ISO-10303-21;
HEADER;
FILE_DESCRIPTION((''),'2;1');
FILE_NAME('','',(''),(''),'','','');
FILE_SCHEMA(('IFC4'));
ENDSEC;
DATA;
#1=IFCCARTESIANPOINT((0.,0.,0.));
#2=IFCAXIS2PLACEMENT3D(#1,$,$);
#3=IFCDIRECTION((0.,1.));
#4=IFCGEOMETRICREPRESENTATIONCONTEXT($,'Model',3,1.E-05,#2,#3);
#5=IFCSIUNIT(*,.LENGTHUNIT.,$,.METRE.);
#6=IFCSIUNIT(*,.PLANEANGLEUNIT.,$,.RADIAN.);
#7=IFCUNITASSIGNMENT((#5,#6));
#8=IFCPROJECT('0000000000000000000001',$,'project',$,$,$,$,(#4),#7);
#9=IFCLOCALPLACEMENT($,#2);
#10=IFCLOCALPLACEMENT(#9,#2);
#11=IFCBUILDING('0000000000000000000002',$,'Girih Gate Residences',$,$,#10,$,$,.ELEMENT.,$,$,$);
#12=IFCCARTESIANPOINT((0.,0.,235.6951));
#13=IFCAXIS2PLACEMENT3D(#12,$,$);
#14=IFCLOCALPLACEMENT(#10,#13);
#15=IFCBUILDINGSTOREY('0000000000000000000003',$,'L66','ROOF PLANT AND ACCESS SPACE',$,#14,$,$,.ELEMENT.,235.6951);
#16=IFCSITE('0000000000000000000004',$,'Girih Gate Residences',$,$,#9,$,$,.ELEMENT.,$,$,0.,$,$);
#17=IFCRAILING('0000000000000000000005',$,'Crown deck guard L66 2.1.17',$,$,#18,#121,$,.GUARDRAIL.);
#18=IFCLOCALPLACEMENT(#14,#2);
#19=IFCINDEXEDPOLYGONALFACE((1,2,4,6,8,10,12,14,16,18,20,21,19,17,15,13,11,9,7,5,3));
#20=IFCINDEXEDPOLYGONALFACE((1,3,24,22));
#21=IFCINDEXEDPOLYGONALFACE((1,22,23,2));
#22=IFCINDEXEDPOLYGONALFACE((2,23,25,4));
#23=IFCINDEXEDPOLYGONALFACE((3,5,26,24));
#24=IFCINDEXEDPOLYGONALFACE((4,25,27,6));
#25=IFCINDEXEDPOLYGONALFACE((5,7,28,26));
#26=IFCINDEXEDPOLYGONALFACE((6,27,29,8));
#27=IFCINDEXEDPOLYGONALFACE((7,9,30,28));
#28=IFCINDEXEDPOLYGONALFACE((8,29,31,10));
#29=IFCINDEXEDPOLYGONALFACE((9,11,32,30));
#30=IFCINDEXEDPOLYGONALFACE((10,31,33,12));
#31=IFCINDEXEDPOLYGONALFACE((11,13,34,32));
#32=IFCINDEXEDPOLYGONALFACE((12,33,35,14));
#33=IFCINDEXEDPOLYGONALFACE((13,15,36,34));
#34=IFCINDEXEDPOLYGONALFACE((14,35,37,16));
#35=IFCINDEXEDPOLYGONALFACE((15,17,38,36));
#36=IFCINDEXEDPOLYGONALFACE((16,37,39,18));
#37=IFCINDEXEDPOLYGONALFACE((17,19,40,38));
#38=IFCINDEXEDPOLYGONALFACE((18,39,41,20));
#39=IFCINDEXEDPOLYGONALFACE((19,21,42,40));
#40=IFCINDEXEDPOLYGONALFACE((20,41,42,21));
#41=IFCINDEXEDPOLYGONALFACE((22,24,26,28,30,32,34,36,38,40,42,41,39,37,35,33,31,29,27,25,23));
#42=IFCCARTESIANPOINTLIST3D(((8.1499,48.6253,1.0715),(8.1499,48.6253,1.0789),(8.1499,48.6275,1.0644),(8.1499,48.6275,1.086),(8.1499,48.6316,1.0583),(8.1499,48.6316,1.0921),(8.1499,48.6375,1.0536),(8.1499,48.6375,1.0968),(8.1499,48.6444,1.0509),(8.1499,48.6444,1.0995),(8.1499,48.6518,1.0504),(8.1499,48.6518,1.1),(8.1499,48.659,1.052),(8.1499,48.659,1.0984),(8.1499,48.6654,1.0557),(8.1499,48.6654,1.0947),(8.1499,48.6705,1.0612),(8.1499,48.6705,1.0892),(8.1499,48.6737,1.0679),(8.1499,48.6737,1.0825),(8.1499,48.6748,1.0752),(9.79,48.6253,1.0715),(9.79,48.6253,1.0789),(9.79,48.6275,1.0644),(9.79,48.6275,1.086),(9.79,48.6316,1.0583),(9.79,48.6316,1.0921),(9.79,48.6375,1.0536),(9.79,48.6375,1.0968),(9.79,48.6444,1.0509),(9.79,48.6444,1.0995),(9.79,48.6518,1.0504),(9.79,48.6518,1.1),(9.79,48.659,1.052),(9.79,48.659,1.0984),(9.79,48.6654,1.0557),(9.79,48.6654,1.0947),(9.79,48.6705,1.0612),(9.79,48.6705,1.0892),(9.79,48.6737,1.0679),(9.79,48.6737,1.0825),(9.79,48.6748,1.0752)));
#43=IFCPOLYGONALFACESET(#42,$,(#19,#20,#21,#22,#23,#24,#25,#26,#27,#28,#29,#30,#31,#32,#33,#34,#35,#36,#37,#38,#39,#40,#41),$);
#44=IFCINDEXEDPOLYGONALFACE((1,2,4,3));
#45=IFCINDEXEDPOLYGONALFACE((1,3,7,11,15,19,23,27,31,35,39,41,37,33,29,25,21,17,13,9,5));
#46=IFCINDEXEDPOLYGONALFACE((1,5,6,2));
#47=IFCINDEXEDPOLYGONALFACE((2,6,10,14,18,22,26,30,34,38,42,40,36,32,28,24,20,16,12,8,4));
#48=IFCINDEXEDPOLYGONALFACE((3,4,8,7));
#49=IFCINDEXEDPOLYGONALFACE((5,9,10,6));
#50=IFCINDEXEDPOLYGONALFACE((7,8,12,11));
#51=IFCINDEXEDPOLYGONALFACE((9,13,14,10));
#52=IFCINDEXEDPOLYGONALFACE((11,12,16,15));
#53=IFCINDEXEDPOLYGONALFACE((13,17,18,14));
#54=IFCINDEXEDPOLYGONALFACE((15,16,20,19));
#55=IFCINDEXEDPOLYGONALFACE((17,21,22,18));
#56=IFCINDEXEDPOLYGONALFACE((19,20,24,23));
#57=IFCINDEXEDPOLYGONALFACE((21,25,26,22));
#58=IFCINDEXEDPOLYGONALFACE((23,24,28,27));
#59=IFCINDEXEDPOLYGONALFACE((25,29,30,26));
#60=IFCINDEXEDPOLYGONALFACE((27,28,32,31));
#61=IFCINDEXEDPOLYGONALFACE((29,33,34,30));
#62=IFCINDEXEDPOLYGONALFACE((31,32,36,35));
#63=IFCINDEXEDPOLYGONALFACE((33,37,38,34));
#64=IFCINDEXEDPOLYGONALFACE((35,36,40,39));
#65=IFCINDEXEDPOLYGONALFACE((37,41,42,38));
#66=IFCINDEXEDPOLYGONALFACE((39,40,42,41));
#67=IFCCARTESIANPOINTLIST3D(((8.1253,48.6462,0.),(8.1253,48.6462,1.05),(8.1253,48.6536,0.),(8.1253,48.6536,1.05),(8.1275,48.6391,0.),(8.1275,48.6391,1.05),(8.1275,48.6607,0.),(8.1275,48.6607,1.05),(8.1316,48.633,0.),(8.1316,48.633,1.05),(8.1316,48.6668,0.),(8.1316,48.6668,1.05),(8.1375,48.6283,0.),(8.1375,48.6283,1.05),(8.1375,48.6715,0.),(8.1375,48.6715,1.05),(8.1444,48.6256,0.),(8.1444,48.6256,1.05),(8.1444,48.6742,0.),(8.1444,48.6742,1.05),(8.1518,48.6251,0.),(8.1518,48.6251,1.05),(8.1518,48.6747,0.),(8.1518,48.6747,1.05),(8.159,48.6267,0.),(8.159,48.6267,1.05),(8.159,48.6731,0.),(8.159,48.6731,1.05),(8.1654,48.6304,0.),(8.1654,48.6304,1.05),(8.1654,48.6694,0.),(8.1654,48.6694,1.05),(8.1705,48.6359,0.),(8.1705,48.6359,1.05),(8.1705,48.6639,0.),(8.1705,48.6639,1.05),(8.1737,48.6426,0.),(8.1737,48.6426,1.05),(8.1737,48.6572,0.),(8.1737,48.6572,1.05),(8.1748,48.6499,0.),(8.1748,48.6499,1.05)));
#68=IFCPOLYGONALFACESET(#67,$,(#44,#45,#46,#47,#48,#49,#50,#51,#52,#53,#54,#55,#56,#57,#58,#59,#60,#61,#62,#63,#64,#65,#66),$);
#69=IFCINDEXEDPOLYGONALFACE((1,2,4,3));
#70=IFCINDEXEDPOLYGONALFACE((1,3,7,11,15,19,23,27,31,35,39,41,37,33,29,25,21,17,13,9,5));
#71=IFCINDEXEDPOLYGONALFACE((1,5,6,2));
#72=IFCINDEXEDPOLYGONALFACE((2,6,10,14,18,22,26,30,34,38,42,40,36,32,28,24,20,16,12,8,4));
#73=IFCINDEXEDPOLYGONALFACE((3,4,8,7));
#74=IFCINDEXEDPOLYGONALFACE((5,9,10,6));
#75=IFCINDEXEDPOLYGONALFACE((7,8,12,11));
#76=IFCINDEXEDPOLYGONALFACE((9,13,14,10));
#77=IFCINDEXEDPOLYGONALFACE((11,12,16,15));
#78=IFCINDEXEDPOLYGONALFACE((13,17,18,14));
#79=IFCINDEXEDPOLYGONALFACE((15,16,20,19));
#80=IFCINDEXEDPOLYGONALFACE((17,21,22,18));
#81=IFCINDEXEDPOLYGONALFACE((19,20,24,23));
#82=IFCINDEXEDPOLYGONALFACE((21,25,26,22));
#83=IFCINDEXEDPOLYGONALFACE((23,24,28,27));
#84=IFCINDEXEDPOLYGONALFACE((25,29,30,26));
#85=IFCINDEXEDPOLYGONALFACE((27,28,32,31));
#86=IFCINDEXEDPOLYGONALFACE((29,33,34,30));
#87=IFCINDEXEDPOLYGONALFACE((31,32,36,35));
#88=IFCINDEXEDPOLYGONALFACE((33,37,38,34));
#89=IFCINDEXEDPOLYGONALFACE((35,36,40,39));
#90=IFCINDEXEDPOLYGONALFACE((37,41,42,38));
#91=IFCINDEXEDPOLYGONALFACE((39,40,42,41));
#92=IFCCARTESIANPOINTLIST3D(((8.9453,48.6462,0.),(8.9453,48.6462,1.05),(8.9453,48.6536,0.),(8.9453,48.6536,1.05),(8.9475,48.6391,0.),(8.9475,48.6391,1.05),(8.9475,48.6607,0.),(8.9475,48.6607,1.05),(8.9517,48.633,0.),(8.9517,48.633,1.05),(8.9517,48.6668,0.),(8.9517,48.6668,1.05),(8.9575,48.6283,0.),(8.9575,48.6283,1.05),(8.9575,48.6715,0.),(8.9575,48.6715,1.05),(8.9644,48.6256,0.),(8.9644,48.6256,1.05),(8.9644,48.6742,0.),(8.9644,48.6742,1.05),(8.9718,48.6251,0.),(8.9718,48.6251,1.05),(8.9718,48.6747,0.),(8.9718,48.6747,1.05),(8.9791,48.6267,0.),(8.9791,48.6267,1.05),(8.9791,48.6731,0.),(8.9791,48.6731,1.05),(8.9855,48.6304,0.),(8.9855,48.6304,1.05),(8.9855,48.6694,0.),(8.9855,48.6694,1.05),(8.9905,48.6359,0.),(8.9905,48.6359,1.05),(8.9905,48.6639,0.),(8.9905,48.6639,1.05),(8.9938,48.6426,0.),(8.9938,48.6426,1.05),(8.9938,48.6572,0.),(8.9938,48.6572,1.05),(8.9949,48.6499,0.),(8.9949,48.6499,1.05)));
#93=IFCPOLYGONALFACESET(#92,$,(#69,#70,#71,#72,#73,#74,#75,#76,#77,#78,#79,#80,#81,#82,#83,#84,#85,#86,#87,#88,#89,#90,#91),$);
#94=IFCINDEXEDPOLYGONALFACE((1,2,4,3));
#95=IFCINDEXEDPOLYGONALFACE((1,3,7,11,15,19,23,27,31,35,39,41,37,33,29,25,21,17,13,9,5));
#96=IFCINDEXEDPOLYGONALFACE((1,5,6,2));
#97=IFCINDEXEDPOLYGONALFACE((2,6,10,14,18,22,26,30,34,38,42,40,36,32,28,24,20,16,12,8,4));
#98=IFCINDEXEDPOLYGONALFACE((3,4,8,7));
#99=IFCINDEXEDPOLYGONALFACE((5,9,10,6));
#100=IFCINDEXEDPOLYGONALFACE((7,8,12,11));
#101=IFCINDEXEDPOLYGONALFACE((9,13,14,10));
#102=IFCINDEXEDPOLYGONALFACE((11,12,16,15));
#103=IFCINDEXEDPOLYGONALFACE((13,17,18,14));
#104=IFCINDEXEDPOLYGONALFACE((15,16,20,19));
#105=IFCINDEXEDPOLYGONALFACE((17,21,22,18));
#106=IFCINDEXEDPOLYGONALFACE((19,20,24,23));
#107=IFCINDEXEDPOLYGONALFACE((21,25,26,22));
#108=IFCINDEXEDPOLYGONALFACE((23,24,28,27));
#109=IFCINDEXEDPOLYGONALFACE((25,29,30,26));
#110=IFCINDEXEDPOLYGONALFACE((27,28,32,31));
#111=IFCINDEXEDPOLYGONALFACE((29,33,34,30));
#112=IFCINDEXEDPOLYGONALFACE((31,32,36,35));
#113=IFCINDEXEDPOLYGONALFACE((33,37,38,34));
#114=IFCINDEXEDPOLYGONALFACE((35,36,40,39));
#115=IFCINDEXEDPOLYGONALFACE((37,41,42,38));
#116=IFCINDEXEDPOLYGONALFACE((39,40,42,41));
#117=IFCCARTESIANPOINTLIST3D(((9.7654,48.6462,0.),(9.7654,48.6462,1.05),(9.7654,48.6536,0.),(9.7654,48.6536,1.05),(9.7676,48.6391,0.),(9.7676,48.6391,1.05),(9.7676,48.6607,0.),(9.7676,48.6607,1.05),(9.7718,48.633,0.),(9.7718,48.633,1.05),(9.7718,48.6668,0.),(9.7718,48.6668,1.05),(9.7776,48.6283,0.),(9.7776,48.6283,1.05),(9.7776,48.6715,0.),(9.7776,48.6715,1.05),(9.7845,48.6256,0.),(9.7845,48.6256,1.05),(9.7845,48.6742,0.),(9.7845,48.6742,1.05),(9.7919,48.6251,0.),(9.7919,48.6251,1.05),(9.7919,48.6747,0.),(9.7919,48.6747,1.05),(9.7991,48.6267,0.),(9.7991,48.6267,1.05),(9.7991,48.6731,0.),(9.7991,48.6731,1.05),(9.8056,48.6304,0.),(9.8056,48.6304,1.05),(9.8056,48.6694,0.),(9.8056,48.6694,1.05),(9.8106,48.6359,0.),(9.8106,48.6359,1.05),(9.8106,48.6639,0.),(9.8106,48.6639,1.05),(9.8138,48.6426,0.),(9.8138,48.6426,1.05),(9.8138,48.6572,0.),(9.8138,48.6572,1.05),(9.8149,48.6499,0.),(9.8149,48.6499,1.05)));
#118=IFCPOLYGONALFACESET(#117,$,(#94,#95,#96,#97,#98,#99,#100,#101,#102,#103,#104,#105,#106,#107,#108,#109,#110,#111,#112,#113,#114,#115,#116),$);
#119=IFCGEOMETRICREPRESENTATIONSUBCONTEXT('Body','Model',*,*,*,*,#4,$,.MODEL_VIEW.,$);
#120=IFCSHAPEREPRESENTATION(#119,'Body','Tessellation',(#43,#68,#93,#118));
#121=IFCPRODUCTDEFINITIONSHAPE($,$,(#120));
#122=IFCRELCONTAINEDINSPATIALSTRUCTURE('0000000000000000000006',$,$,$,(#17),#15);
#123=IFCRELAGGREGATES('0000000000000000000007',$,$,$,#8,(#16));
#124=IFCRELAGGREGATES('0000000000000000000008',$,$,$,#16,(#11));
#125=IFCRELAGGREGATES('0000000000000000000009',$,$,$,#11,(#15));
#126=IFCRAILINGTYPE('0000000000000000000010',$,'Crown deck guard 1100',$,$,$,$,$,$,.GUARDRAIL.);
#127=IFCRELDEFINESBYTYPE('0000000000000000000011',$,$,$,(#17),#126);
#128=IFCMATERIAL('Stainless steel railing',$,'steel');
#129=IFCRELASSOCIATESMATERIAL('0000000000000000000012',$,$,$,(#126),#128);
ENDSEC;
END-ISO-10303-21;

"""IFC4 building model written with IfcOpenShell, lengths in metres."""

from ifc_helpers import new_model, si_unit, direction, frame, origin, origin_2d, place, context, subcontext, project, spatial, circle, extrude, material, type_object, element, save


model = new_model("IFC4")

# Units and contexts
model_context = context("Model", 3, precision=1e-05, world=origin(), true_north=direction((0.0, 1.0)))
body_context = subcontext(model_context, "Body", "Model", "MODEL_VIEW")
ifc_project = project(units=[si_unit("LENGTHUNIT", "METRE"), si_unit("PLANEANGLEUNIT", "RADIAN")], contexts=[model_context])

# Site, building, storey
site_placement = place(None, origin())
site = spatial("IfcSite", under=ifc_project, at=site_placement, Name="Girih Gate Residences", CompositionType="ELEMENT", RefElevation=0.0)
building_placement = place(site_placement, origin())
building = spatial("IfcBuilding", under=site, at=building_placement, Name="Girih Gate Residences", CompositionType="ELEMENT")
storey_placement = place(building_placement, frame((0.0, 0.0, 235.6951)))
storey = spatial("IfcBuildingStorey", under=building, at=storey_placement, Name="L66", Description="ROOF PLANT AND ACCESS SPACE", CompositionType="ELEMENT", Elevation=235.6951)

# Railing
ifc_material_1 = material(Name="Stainless steel railing", Category="steel")
railing_type = type_object("IfcRailingType", Name="Crown deck guard 1100", PredefinedType="GUARDRAIL", material=ifc_material_1)
railing_1_placement = place(storey_placement, frame((8.1499, 48.6499, 0.0)))
element("IfcRailing", 1, at=railing_1_placement, inside=storey, type_object=railing_type, Name="Crown deck guard L66 2.1.17", PredefinedType="GUARDRAIL", context=body_context, shape_type="SweptSolid", body=[
    extrude(circle(Radius=0.0249, at=origin_2d()), frame((0.0, 0.0, 1.0752), z_axis=(1.0, 0.0, 0.0), x_axis=(0.0, 1.0, 0.0)), (0.0, 0.0, 1.0), 1.6401),
    extrude(circle(Radius=0.0249, at=origin_2d()), origin(), (0.0, 0.0, 1.0), 1.05),
    extrude(circle(Radius=0.0249, at=origin_2d()), frame((0.8201, 0.0, 0.0)), (0.0, 0.0, 1.0), 1.05),
    extrude(circle(Radius=0.0249, at=origin_2d()), frame((1.6401, 0.0, 0.0)), (0.0, 0.0, 1.0), 1.05),
])

save(model, "model.ifc")
